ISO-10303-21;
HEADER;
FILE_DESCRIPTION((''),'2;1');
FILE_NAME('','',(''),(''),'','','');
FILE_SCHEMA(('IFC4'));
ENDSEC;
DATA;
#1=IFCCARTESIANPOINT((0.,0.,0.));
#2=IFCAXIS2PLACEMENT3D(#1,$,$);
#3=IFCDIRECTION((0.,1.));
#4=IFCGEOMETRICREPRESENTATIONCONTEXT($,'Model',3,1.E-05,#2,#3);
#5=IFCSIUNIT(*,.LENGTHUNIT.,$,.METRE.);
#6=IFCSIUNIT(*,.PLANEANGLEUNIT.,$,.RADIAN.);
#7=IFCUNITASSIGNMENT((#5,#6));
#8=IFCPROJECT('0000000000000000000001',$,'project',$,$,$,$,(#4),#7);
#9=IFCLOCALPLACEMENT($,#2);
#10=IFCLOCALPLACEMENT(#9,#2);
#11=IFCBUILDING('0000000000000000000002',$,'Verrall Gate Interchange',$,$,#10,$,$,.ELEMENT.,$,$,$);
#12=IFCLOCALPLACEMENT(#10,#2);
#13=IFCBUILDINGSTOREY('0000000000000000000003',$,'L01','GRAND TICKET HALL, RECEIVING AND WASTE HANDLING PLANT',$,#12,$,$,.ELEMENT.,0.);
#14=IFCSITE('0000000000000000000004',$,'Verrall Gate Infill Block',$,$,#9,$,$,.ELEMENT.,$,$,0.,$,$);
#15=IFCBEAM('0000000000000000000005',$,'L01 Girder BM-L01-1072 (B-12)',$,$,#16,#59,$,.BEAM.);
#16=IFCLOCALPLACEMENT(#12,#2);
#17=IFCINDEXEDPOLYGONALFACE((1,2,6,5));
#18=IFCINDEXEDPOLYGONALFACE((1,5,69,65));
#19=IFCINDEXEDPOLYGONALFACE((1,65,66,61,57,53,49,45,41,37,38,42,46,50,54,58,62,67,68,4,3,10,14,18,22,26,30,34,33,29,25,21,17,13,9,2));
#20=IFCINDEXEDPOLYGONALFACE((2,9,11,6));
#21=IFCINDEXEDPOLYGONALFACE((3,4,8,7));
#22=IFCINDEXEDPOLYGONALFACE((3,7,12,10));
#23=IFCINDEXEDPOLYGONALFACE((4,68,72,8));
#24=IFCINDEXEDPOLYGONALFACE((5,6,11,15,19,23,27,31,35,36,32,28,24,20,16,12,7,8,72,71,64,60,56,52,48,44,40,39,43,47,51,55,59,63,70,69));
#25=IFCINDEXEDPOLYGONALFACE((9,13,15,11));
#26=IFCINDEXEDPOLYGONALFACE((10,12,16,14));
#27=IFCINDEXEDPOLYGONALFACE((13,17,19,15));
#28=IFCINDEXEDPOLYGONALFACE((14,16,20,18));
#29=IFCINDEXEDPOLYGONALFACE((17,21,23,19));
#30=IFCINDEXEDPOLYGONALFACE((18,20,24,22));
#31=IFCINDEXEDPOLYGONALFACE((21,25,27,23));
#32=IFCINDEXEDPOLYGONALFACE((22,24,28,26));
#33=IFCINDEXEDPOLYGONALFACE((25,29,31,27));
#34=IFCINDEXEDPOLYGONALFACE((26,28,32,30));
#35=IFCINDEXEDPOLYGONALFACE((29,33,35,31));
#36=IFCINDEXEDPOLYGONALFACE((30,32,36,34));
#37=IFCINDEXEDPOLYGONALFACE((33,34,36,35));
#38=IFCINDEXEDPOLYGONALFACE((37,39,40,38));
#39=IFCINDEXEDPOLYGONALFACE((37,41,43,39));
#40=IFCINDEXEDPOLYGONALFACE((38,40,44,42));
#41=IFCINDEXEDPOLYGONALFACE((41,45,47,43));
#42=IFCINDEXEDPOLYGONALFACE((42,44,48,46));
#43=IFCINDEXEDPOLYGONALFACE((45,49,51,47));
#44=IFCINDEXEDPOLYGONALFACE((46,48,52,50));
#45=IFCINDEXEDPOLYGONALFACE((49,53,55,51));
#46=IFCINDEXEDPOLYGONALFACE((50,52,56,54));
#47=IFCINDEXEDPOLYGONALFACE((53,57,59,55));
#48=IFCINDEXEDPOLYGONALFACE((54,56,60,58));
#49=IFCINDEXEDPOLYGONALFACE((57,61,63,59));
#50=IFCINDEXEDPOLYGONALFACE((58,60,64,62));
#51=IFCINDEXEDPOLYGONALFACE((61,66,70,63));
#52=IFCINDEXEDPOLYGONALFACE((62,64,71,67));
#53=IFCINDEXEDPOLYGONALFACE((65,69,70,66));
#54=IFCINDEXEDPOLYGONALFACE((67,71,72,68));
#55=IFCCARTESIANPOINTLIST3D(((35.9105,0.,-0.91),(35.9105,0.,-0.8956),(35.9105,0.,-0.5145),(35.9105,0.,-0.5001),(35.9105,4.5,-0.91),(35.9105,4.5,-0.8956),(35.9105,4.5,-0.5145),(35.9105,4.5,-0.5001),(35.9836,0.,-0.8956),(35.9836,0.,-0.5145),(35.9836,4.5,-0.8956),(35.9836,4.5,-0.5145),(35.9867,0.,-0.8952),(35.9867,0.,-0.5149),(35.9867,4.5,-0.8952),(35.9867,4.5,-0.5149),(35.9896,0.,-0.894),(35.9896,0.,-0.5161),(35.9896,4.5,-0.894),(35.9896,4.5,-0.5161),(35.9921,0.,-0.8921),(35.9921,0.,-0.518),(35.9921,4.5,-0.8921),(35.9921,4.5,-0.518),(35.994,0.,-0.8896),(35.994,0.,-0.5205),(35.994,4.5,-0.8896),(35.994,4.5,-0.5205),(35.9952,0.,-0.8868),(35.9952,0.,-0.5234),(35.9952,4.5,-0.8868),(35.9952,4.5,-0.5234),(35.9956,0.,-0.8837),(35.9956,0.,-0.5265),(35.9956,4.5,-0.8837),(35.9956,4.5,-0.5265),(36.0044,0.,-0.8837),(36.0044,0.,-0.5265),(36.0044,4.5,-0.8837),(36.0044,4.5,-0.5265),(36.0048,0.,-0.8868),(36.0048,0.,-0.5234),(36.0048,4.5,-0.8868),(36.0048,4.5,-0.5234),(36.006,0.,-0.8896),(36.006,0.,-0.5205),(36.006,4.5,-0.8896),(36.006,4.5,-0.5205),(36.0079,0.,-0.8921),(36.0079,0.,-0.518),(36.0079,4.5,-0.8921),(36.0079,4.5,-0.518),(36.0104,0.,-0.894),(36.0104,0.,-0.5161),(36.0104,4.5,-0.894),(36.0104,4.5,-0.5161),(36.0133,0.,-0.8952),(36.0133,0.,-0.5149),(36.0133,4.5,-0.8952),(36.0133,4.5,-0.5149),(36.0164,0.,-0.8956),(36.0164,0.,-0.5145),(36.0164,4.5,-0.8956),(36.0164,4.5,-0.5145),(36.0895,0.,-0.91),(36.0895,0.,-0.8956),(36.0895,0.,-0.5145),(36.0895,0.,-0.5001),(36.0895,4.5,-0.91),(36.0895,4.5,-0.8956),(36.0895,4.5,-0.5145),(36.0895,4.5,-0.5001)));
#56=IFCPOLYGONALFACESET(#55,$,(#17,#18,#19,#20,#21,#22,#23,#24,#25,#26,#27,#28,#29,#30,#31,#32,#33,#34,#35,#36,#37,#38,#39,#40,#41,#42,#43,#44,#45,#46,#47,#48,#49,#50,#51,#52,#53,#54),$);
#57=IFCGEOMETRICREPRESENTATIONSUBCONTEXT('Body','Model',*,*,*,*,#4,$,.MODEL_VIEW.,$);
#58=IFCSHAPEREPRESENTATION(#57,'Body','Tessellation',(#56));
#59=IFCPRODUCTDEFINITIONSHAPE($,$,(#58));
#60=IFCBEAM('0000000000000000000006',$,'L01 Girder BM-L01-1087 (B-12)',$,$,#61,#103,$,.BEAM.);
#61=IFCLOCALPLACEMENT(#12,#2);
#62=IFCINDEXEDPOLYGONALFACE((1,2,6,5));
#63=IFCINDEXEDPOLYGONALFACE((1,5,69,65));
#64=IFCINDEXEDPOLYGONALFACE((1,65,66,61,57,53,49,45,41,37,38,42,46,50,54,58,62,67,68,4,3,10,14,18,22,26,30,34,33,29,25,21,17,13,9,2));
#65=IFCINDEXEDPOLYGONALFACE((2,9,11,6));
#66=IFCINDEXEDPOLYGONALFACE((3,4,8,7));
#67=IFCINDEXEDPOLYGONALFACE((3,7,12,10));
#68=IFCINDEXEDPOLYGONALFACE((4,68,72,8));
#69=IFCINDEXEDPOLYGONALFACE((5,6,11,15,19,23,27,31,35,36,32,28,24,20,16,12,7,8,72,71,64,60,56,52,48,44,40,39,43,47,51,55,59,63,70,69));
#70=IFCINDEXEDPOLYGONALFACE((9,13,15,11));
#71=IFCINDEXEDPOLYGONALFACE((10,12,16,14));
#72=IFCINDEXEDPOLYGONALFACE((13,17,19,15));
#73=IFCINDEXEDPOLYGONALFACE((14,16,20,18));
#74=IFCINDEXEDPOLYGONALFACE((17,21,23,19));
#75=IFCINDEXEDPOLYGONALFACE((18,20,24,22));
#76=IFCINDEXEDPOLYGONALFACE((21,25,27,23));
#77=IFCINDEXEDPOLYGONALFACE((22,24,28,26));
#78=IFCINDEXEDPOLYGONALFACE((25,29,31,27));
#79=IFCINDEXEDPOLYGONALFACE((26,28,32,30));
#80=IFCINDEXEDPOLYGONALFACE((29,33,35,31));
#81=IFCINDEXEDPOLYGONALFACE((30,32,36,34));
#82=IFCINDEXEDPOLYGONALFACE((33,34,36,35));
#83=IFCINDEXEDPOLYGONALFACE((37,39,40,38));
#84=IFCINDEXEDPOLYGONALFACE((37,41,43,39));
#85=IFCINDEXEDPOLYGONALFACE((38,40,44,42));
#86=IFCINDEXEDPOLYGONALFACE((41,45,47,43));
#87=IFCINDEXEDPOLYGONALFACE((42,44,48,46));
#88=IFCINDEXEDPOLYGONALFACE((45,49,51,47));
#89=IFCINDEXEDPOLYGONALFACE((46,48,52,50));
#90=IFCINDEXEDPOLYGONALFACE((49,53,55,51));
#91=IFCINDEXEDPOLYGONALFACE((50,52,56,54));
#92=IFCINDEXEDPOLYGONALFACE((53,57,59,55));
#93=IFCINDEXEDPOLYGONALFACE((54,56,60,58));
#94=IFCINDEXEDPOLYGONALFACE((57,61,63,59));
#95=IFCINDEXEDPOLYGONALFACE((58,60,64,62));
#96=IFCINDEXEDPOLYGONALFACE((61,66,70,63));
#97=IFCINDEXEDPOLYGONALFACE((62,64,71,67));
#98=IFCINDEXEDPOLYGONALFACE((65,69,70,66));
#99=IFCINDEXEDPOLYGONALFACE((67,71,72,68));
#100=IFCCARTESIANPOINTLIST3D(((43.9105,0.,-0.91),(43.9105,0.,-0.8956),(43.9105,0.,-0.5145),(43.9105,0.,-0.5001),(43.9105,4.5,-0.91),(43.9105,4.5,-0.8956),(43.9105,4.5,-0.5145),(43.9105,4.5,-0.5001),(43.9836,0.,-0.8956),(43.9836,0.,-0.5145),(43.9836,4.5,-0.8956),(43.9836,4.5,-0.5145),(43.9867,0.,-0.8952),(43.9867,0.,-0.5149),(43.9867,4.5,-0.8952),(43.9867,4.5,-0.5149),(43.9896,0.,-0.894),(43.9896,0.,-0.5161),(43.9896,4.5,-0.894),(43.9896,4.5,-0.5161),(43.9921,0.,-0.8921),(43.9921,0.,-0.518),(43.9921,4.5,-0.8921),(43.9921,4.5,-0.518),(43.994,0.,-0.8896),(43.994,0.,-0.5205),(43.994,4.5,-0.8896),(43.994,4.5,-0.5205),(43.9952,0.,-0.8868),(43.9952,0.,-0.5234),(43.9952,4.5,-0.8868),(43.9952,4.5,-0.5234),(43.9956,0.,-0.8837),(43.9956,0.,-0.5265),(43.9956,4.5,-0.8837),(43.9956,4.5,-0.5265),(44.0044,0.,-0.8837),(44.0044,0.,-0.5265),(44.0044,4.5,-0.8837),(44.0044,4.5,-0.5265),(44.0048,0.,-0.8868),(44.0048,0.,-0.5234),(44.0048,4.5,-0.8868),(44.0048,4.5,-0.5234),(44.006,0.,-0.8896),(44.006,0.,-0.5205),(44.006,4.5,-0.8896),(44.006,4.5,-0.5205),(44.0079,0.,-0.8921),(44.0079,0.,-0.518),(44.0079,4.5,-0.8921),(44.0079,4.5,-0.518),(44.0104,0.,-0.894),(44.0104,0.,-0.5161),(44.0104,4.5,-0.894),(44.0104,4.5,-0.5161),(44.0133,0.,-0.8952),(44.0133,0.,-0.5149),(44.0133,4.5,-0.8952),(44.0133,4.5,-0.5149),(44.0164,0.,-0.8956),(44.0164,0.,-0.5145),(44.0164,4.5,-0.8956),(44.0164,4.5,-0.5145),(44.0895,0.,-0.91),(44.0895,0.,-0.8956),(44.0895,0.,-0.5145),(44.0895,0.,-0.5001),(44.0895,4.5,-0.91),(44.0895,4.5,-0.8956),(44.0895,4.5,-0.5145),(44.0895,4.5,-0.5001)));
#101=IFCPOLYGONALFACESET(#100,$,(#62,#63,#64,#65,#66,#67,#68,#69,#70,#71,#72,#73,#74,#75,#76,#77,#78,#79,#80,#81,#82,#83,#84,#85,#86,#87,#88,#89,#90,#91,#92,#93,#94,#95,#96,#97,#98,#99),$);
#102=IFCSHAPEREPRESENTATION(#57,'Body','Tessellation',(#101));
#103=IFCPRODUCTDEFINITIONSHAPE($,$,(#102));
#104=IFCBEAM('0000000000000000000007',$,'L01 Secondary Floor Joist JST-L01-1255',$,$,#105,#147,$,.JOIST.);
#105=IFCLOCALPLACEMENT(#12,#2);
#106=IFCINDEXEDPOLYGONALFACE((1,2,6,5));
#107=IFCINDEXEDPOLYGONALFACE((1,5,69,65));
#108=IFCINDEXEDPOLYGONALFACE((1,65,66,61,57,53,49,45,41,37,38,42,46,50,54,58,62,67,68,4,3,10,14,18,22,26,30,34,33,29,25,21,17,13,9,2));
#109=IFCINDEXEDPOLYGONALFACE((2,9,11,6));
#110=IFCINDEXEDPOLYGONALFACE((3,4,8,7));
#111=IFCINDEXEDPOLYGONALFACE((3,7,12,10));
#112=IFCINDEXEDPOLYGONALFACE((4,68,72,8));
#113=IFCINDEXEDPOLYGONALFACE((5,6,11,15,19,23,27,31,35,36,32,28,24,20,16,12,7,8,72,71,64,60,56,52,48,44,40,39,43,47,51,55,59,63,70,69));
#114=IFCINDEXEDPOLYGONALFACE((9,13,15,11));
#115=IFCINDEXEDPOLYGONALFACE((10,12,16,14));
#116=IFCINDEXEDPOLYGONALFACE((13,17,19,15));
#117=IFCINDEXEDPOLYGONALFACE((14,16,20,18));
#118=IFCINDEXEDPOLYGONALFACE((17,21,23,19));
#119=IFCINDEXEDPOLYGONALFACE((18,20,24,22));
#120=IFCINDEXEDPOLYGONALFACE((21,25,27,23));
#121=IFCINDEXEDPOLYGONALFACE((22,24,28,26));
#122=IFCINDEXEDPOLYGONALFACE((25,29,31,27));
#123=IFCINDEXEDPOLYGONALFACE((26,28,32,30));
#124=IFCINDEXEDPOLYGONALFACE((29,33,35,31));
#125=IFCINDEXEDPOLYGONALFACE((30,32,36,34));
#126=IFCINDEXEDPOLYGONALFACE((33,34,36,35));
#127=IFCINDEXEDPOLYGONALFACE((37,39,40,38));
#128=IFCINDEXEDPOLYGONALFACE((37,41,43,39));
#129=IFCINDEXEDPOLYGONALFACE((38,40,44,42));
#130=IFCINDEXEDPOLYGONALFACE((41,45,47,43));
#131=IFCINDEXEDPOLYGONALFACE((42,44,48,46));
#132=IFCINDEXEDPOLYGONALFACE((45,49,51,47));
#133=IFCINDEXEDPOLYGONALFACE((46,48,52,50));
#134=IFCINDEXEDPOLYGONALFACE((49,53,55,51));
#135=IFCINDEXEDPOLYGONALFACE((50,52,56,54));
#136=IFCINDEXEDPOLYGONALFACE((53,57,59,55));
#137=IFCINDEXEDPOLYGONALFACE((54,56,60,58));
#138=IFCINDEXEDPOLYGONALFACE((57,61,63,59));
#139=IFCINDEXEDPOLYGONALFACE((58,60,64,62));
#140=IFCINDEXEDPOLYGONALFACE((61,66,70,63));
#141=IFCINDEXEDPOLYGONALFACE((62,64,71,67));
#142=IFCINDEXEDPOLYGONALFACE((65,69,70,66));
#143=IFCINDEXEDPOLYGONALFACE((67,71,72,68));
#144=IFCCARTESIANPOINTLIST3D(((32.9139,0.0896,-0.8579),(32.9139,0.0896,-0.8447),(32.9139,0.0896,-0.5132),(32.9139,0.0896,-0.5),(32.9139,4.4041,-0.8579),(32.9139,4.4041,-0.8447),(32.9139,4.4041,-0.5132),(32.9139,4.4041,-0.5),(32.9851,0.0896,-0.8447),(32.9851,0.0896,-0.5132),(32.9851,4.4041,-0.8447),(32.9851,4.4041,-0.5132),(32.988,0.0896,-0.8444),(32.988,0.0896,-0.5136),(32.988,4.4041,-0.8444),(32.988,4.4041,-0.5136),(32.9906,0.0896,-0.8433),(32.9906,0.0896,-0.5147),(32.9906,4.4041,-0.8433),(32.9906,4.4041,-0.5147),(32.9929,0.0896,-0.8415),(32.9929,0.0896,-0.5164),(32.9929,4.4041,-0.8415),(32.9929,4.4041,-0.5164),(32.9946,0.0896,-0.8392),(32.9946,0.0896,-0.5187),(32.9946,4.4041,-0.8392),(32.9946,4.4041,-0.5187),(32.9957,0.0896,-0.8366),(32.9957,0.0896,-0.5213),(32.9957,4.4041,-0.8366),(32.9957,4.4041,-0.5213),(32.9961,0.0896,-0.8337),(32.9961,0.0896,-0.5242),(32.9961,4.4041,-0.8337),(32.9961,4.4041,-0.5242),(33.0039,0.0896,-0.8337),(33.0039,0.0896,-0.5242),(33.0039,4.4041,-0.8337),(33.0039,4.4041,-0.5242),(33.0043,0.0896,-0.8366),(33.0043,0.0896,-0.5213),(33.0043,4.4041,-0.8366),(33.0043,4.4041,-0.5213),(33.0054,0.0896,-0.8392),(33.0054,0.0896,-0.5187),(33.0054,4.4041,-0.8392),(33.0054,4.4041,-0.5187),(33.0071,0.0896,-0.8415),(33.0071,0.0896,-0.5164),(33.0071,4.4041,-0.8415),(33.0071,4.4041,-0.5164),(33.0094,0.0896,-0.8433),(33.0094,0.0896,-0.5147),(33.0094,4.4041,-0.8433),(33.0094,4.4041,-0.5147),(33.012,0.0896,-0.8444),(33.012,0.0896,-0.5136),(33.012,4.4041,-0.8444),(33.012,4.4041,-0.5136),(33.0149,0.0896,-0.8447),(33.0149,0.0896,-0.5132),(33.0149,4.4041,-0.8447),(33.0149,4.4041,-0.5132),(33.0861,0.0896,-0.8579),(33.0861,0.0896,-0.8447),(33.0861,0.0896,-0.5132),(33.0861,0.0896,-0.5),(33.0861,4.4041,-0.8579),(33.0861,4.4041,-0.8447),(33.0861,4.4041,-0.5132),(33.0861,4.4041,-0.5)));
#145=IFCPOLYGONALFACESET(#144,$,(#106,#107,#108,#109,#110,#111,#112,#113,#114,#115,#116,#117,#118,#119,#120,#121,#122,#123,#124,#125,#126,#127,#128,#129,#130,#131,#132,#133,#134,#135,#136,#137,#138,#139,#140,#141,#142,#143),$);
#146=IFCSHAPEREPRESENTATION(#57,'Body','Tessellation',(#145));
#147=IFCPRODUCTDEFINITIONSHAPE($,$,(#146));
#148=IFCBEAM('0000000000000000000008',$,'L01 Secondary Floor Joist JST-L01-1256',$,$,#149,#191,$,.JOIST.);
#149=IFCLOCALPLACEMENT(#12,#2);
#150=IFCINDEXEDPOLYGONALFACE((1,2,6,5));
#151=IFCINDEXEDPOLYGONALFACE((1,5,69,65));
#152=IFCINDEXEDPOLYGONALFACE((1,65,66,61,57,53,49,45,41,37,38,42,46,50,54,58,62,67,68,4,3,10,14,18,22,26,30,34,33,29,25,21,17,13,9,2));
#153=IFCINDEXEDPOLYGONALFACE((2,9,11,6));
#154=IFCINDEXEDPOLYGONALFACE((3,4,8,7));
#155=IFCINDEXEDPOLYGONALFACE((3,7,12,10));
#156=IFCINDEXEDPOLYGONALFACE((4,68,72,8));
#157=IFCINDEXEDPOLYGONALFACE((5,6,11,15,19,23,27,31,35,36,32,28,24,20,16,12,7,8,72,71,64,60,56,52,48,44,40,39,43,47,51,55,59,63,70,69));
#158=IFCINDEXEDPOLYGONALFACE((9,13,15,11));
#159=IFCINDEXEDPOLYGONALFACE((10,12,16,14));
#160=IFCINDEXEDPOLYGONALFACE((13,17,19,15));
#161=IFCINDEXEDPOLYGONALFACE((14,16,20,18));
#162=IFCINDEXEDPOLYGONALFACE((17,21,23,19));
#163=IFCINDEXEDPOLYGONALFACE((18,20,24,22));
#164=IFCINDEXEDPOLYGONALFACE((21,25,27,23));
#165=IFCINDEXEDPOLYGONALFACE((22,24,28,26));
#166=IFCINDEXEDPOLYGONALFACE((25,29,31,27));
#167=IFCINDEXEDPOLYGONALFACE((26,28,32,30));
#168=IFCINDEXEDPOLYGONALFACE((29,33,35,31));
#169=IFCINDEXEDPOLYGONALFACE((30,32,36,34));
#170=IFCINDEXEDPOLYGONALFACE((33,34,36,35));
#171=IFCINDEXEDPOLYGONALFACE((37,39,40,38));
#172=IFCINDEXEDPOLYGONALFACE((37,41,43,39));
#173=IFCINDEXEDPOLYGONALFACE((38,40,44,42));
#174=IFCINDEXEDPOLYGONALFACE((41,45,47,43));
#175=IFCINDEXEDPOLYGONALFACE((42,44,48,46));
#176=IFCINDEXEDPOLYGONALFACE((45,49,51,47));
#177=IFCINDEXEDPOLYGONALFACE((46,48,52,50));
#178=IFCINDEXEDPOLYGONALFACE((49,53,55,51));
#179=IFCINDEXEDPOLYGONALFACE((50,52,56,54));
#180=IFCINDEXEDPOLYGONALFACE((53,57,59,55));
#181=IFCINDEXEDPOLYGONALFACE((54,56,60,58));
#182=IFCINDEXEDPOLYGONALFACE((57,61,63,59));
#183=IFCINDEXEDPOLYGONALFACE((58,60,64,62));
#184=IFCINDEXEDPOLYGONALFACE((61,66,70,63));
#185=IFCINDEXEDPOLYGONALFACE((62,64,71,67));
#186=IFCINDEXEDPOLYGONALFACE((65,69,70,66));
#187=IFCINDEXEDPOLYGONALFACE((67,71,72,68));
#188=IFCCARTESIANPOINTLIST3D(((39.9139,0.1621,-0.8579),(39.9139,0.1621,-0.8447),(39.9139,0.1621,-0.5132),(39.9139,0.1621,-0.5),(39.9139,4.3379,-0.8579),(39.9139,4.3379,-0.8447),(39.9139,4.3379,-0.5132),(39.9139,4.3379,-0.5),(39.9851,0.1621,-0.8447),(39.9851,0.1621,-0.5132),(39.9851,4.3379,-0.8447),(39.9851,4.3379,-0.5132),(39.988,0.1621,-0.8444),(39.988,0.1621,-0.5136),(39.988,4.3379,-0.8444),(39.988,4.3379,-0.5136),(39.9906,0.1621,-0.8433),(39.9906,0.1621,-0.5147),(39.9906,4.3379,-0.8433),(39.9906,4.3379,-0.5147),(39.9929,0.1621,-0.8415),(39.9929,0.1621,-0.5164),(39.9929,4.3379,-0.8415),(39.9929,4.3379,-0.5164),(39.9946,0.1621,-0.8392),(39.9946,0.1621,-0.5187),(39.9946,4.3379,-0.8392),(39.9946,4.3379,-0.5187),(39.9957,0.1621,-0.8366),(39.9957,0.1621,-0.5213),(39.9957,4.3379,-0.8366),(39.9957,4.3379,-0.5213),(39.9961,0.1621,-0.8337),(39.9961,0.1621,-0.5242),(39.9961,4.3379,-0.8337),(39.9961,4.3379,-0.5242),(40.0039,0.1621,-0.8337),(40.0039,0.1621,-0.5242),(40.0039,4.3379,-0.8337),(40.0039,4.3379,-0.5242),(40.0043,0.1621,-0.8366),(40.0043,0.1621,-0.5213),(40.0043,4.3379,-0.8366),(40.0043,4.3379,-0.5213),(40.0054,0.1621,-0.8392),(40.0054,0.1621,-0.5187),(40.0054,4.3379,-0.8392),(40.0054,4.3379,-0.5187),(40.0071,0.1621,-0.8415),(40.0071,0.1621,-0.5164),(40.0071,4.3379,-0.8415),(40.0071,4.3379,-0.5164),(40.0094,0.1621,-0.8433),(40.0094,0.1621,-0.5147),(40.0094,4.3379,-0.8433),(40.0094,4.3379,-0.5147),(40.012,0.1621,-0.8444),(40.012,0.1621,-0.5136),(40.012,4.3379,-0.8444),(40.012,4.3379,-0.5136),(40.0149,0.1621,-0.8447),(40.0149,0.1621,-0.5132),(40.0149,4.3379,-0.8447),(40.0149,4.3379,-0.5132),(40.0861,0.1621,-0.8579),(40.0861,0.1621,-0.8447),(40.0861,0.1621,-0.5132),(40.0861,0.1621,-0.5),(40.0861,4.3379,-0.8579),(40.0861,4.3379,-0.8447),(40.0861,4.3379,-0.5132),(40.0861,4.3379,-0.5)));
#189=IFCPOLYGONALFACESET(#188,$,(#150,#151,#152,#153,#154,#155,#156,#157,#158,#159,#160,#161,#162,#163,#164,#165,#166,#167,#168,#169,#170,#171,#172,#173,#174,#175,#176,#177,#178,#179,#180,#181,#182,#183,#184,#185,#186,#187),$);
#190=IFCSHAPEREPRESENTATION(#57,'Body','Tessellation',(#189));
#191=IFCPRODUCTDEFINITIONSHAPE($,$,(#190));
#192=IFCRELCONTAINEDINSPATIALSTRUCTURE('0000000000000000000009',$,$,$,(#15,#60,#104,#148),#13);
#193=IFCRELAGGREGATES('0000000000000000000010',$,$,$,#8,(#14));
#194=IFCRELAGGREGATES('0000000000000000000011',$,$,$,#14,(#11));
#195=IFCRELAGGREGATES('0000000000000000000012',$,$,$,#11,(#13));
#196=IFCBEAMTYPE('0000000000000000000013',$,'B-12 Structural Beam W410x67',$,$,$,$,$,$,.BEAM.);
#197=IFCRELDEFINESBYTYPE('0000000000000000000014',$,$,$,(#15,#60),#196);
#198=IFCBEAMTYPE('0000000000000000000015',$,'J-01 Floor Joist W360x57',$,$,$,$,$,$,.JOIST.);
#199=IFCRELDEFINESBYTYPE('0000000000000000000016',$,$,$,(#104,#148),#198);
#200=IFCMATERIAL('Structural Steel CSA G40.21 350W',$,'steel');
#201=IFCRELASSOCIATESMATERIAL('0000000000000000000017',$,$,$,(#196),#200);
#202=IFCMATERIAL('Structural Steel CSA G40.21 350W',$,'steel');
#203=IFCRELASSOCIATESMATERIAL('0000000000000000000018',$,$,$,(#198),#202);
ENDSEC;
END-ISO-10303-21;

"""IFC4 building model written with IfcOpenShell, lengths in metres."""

from ifc_helpers import new_model, si_unit, direction, frame, origin, origin_2d, place, context, subcontext, project, spatial, i_section, extrude, material, material_profile, profile_set, type_object, element, save


model = new_model("IFC4")

# Units and contexts
model_context = context("Model", 3, precision=1e-05, world=origin(), true_north=direction((0.0, 1.0)))
body_context = subcontext(model_context, "Body", "Model", "MODEL_VIEW")
ifc_project = project(units=[si_unit("LENGTHUNIT", "METRE"), si_unit("PLANEANGLEUNIT", "RADIAN")], contexts=[model_context])

# Site, building, storey
site_placement = place(None, origin())
site = spatial("IfcSite", under=ifc_project, at=site_placement, Name="Verrall Gate Infill Block", CompositionType="ELEMENT", RefElevation=0.0)
building_placement = place(site_placement, origin())
building = spatial("IfcBuilding", under=site, at=building_placement, Name="Verrall Gate Interchange", CompositionType="ELEMENT")
storey_placement = place(building_placement, origin())
storey = spatial("IfcBuildingStorey", under=building, at=storey_placement, Name="L01", Description="GRAND TICKET HALL, RECEIVING AND WASTE HANDLING PLANT", CompositionType="ELEMENT", Elevation=0.0)

# Beams
ifc_material_1 = material(Name="Structural Steel CSA G40.21 350W", Category="steel")
ifc_material_profile_1 = material_profile(ifc_material_1, i_section(OverallWidth=0.179, OverallDepth=0.4099, WebThickness=0.0088, FlangeThickness=0.0144, FilletRadius=0.012, at=origin_2d()), Name="W410x67")
ifc_profile_set_1 = profile_set([ifc_material_profile_1], Name="Structural Steel CSA G40.21 350W")
beam_type_1 = type_object("IfcBeamType", Name="B-12 Structural Beam W410x67", PredefinedType="BEAM", material=ifc_profile_set_1)
for number, where, z_axis, x_axis, name in (
    (1, (36.0, 0.0, -0.7051), (0.0, 1.0, 0.0), (-1.0, 0.0, 0.0), "L01 Girder BM-L01-1072 (B-12)"),
    (2, (44.0, 0.0, -0.7051), (0.0, 1.0, 0.0), (-1.0, 0.0, 0.0), "L01 Girder BM-L01-1087 (B-12)"),
):
    element("IfcBeam", number, at=place(storey_placement, frame(where, z_axis=z_axis, x_axis=x_axis)), inside=storey, type_object=beam_type_1, Name=name, PredefinedType="BEAM", context=body_context, shape_type="SweptSolid", body=[
        extrude(i_section(OverallWidth=0.179, OverallDepth=0.4099, WebThickness=0.0088, FlangeThickness=0.0144, FilletRadius=0.012, at=origin_2d()), origin(), (0.0, 0.0, 1.0), 4.5),
    ])
ifc_material_2 = material(Name="Structural Steel CSA G40.21 350W", Category="steel")
ifc_material_profile_2 = material_profile(ifc_material_2, i_section(OverallWidth=0.1721, OverallDepth=0.3579, WebThickness=0.0078, FlangeThickness=0.0132, FilletRadius=0.011, at=origin_2d()), Name="W360x57")
ifc_profile_set_2 = profile_set([ifc_material_profile_2], Name="Structural Steel CSA G40.21 350W")
beam_type_2 = type_object("IfcBeamType", Name="J-01 Floor Joist W360x57", PredefinedType="JOIST", material=ifc_profile_set_2)
beam_1_placement = place(storey_placement, frame((33.0, 0.0896, -0.679), z_axis=(0.0, 1.0, 0.0), x_axis=(-1.0, 0.0, 0.0)))
element("IfcBeam", 3, at=beam_1_placement, inside=storey, type_object=beam_type_2, Name="L01 Secondary Floor Joist JST-L01-1255", PredefinedType="JOIST", context=body_context, shape_type="SweptSolid", body=[
    extrude(i_section(OverallWidth=0.1721, OverallDepth=0.3579, WebThickness=0.0078, FlangeThickness=0.0132, FilletRadius=0.011, at=origin_2d()), origin(), (0.0, 0.0, 1.0), 4.3145),
])
beam_2_placement = place(storey_placement, frame((40.0, 0.1621, -0.679), z_axis=(0.0, 1.0, 0.0), x_axis=(-1.0, 0.0, 0.0)))
element("IfcBeam", 4, at=beam_2_placement, inside=storey, type_object=beam_type_2, Name="L01 Secondary Floor Joist JST-L01-1256", PredefinedType="JOIST", context=body_context, shape_type="SweptSolid", body=[
    extrude(i_section(OverallWidth=0.1721, OverallDepth=0.3579, WebThickness=0.0078, FlangeThickness=0.0132, FilletRadius=0.011, at=origin_2d()), origin(), (0.0, 0.0, 1.0), 4.1758),
])

save(model, "model.ifc")
